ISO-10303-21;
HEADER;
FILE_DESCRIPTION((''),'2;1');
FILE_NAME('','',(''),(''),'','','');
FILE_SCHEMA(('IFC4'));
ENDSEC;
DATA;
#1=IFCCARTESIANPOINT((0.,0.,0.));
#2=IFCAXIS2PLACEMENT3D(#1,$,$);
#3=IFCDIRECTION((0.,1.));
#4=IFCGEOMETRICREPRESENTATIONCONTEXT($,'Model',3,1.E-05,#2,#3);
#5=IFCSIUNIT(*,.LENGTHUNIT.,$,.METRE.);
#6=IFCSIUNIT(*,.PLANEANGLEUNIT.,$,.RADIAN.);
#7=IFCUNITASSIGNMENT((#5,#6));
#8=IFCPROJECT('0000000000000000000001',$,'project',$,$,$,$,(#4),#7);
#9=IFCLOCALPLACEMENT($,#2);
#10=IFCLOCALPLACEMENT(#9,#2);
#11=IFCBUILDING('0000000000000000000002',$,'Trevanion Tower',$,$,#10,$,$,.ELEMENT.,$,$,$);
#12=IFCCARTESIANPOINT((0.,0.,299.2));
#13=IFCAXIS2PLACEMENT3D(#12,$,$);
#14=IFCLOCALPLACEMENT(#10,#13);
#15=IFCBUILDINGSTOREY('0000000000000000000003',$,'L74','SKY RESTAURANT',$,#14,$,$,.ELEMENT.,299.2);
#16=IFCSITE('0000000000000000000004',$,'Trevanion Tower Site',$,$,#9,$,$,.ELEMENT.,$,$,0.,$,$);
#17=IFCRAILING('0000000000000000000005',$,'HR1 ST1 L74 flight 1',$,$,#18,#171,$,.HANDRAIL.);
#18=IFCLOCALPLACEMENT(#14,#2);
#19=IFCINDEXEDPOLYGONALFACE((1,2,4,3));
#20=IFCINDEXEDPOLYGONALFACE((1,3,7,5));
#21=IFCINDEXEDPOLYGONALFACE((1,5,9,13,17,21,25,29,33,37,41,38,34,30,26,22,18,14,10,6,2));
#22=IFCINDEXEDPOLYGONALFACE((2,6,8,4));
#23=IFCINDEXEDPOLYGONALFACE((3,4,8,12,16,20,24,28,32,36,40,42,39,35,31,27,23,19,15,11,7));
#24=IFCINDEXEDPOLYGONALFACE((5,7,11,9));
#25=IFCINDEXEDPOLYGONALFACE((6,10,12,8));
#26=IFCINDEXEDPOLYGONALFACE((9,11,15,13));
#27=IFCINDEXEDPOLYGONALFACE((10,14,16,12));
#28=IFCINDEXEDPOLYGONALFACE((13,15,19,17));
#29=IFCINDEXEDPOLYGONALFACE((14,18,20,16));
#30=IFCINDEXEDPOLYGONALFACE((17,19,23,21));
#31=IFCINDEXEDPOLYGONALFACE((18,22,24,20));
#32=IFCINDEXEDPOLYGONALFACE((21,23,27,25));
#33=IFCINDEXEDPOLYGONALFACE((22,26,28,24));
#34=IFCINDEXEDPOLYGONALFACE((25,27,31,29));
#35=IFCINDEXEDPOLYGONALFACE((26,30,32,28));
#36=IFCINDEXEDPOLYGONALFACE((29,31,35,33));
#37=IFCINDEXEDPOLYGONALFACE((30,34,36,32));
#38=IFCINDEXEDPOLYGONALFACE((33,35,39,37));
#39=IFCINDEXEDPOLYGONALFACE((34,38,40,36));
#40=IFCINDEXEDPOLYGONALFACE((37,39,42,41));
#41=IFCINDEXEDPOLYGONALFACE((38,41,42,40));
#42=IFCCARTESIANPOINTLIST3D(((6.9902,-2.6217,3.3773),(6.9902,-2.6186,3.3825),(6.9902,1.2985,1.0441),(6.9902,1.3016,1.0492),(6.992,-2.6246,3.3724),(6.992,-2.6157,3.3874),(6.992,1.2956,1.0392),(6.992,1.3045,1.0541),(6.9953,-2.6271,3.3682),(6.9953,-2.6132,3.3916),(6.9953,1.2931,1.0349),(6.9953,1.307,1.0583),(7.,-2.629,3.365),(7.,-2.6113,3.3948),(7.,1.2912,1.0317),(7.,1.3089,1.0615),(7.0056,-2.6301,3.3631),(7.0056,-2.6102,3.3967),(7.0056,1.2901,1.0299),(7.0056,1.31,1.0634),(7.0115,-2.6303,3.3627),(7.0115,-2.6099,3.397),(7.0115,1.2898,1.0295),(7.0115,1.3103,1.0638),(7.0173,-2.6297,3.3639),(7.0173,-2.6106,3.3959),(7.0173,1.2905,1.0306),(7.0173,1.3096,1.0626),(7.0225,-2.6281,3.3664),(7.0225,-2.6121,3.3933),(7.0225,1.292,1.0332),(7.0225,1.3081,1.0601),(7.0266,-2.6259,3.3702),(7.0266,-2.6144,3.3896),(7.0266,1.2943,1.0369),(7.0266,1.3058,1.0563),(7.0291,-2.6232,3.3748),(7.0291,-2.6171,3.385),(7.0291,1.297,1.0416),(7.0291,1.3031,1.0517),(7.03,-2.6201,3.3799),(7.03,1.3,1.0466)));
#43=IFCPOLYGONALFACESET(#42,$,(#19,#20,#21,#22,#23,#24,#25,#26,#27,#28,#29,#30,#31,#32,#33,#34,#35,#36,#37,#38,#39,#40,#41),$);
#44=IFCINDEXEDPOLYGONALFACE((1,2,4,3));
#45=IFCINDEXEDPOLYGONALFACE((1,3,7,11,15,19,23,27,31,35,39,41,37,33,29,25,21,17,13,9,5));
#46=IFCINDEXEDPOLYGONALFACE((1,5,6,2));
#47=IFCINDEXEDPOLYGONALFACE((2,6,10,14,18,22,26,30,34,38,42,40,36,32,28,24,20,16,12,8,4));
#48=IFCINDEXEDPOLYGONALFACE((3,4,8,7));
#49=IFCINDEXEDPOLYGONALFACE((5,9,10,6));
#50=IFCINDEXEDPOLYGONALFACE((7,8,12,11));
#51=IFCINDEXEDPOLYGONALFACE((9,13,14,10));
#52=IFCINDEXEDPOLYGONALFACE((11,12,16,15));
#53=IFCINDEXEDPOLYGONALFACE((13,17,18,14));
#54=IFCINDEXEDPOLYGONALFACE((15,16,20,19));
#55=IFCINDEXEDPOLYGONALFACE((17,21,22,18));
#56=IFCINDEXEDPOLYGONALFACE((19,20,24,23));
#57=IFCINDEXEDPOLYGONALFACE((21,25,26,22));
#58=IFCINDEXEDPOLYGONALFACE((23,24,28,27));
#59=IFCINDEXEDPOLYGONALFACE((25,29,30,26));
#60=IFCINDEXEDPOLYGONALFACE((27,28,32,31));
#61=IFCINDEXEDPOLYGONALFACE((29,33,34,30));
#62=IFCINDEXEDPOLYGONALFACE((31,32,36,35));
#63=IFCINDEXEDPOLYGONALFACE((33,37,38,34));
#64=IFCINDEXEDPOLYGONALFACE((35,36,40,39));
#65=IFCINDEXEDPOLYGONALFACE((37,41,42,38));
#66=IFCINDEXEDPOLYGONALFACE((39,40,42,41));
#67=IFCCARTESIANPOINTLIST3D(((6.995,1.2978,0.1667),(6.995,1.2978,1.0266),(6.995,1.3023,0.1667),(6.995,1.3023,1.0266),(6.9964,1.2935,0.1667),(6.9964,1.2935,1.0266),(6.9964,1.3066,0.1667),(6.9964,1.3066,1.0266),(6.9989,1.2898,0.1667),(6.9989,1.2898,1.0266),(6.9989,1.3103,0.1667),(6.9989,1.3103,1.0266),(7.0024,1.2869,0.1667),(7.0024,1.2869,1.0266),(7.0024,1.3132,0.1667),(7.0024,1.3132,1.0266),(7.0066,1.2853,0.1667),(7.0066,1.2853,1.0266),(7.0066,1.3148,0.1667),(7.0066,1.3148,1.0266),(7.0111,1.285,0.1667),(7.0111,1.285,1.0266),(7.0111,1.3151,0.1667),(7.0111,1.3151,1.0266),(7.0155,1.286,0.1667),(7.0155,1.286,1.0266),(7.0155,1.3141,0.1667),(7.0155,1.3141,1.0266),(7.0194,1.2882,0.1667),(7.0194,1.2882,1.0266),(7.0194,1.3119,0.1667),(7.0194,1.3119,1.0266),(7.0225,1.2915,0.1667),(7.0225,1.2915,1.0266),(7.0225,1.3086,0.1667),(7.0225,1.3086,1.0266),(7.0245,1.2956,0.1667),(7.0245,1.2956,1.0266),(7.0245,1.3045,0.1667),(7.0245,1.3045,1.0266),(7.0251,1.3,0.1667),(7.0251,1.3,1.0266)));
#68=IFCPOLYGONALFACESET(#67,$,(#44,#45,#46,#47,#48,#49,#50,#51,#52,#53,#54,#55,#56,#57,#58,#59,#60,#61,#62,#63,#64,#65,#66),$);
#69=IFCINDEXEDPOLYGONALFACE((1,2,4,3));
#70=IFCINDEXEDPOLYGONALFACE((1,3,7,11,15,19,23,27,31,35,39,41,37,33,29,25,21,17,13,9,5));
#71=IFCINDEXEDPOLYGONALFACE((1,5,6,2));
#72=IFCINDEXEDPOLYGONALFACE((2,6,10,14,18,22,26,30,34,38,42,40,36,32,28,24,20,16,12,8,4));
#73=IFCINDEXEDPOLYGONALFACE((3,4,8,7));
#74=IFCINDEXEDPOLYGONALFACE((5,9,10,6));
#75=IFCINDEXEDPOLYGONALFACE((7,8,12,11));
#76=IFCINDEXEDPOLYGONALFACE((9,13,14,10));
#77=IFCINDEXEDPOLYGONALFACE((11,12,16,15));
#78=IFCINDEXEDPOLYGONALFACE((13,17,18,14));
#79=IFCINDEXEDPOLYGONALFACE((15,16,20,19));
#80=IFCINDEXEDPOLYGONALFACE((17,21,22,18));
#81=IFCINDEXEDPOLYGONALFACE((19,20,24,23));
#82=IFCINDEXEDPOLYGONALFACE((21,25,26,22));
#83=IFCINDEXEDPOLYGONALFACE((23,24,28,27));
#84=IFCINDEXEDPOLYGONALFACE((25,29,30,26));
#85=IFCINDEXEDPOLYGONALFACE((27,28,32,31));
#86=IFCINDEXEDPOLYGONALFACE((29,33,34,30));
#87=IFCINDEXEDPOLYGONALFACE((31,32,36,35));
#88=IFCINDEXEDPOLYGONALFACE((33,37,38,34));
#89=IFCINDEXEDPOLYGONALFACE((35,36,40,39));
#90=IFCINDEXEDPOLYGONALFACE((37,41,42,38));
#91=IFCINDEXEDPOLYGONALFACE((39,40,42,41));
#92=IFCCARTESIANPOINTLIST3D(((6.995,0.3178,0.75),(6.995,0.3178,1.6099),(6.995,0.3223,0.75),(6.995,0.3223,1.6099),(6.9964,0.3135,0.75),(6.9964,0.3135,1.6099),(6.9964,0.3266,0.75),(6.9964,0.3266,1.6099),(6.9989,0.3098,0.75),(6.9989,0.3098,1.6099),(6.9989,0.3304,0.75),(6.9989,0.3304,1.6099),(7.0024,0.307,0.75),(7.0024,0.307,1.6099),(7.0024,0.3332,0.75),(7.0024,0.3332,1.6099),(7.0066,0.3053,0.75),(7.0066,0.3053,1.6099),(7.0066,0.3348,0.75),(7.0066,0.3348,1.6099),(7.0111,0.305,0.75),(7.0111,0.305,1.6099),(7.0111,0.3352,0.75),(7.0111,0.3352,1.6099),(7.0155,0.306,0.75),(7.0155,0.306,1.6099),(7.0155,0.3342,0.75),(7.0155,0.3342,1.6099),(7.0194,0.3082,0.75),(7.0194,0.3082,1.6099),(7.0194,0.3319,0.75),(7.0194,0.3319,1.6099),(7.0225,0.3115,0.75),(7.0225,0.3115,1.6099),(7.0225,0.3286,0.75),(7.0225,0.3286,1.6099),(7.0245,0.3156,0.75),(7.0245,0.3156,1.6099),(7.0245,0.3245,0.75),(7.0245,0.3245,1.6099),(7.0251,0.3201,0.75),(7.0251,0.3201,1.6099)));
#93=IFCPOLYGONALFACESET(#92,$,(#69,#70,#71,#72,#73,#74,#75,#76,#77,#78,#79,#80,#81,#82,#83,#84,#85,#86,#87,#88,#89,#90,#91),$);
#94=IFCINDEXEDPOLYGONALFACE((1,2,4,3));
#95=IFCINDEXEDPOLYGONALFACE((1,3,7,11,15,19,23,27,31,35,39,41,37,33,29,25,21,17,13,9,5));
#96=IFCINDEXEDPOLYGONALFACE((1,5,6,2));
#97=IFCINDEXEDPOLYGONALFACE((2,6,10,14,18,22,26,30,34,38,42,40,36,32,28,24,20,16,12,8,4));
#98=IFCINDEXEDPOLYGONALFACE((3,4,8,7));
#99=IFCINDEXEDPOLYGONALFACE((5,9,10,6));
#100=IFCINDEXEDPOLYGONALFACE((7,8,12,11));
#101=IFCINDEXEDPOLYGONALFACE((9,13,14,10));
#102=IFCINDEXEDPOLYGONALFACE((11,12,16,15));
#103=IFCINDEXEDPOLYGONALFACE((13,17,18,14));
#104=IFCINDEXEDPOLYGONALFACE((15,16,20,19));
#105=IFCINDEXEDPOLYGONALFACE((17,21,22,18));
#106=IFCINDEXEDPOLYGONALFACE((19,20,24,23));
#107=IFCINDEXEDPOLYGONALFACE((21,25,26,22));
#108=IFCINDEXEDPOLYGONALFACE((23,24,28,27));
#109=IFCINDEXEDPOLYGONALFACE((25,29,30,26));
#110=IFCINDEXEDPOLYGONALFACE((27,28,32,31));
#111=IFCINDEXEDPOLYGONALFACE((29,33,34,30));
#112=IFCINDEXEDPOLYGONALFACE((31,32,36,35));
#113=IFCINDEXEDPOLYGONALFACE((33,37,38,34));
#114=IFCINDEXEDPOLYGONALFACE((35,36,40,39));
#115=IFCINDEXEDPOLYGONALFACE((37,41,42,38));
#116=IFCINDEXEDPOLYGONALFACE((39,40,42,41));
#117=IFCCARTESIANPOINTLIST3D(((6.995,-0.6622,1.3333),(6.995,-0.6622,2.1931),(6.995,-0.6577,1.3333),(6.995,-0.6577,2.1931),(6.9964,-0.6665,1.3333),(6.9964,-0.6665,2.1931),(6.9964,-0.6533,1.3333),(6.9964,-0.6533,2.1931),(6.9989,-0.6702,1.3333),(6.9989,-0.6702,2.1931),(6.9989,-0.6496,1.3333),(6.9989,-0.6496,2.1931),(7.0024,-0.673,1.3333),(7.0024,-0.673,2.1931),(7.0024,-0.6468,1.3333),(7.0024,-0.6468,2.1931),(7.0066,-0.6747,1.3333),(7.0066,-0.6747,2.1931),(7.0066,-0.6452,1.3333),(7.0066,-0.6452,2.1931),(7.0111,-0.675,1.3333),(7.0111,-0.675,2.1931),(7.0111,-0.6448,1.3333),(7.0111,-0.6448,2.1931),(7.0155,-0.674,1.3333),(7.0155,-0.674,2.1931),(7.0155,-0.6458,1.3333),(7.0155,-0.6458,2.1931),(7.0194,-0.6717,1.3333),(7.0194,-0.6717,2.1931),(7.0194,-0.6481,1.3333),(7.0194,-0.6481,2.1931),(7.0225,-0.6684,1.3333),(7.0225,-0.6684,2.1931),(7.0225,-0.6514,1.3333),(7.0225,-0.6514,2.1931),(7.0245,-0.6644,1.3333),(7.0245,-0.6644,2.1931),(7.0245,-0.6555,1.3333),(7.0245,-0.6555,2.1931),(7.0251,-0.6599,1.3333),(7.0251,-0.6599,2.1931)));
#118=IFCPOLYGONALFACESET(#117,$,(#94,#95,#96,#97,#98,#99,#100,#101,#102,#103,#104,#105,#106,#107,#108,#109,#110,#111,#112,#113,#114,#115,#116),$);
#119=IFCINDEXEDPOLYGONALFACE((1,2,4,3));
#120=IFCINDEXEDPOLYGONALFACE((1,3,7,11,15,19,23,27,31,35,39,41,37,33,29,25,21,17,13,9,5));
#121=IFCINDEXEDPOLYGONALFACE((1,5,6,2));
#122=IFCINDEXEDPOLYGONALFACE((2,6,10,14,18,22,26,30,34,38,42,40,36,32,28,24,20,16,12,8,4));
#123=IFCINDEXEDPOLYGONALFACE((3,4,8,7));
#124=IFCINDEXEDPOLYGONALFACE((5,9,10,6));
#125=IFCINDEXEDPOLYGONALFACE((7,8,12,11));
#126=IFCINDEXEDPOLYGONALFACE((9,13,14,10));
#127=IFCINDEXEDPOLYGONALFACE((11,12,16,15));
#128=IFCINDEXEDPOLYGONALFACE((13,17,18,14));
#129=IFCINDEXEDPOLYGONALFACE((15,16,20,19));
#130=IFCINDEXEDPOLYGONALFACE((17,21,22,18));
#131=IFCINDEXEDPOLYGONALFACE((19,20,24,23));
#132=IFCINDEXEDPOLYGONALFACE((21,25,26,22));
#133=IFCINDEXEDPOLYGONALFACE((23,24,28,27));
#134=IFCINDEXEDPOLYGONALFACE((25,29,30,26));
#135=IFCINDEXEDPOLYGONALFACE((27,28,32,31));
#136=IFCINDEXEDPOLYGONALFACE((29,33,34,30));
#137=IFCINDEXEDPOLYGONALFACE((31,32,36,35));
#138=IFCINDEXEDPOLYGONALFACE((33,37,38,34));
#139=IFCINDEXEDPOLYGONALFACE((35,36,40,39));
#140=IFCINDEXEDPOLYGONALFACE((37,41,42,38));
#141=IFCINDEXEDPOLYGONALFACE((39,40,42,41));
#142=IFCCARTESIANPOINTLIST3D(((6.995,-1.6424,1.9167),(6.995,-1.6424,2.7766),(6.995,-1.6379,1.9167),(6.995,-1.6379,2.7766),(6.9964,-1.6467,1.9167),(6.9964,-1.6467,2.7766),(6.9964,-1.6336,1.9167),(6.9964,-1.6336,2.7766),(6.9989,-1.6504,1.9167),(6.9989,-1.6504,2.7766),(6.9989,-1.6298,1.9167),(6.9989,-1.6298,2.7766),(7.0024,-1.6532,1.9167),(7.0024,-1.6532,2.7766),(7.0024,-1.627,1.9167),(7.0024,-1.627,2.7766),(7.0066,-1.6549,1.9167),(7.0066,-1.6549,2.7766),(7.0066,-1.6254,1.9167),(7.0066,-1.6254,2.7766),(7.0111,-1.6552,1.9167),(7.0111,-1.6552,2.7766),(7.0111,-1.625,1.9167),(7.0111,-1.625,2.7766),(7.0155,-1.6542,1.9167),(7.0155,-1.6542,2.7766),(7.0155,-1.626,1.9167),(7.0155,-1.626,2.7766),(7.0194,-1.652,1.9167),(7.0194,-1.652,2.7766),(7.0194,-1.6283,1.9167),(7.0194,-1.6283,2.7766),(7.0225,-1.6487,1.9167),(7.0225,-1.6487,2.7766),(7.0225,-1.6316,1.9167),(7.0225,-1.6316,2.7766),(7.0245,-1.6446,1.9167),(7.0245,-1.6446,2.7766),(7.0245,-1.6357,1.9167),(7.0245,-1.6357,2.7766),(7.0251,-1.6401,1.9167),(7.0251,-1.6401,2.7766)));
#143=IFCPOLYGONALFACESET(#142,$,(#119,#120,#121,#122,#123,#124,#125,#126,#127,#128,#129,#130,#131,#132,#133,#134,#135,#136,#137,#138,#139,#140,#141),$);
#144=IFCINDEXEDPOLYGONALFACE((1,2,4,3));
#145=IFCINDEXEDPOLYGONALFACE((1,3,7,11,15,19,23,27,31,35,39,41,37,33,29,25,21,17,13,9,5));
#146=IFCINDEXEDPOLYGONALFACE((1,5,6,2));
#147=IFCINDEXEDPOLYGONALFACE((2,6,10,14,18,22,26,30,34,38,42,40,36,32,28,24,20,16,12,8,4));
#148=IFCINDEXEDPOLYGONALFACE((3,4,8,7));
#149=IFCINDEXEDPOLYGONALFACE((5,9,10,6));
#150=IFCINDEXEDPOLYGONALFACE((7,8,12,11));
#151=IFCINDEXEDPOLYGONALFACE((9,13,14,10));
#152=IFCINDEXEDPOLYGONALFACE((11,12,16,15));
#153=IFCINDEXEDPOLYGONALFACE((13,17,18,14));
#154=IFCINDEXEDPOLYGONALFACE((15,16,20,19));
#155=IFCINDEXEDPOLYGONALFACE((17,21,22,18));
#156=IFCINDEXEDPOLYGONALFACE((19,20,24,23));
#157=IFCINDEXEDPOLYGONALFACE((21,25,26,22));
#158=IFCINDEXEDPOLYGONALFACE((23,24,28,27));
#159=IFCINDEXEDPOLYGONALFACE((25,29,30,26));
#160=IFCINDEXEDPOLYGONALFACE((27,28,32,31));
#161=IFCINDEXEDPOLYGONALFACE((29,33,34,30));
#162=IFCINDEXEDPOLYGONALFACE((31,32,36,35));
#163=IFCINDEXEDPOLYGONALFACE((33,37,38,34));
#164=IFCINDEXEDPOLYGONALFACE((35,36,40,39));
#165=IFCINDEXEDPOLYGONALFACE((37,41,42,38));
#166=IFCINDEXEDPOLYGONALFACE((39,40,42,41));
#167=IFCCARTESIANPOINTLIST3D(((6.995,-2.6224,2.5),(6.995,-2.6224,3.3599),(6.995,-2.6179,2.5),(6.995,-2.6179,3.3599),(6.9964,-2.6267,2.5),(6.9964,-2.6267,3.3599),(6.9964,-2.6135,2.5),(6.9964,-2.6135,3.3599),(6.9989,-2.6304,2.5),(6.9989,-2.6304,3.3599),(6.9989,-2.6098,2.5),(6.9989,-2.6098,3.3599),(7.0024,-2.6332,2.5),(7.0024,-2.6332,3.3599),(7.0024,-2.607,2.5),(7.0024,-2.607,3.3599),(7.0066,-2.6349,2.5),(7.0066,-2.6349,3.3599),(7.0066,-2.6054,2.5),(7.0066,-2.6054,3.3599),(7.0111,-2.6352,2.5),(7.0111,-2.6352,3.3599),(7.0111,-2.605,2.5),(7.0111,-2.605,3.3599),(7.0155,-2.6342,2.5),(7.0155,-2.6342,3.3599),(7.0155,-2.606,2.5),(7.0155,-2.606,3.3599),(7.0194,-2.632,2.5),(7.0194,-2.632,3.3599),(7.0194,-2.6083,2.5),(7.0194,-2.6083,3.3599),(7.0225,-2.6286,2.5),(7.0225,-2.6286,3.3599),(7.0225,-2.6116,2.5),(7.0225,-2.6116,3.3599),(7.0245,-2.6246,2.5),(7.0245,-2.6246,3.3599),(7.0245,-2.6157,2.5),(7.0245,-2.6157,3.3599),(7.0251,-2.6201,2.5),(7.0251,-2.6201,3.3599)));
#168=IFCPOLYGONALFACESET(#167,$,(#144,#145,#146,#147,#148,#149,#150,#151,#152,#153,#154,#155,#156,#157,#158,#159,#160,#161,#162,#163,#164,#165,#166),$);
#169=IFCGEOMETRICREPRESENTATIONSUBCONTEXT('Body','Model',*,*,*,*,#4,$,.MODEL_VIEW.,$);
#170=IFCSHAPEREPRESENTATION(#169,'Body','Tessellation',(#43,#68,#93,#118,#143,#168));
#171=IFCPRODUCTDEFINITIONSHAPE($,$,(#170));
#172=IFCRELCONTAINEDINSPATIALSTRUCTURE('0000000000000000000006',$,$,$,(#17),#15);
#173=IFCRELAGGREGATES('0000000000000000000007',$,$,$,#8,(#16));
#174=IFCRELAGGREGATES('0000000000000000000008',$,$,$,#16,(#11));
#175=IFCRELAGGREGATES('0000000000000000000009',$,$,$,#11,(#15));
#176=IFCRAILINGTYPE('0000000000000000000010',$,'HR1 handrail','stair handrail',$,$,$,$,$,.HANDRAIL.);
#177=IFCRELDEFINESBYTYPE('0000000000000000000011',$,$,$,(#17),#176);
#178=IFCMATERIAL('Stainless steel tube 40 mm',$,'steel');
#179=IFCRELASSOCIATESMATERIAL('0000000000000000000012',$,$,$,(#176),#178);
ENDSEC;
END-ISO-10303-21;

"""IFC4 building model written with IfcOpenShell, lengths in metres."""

from ifc_helpers import new_model, si_unit, direction, frame, origin, origin_2d, place, context, subcontext, project, spatial, circle, extrude, material, type_object, element, save


model = new_model("IFC4")

# Units and contexts
model_context = context("Model", 3, precision=1e-05, world=origin(), true_north=direction((0.0, 1.0)))
body_context = subcontext(model_context, "Body", "Model", "MODEL_VIEW")
ifc_project = project(units=[si_unit("LENGTHUNIT", "METRE"), si_unit("PLANEANGLEUNIT", "RADIAN")], contexts=[model_context])

# Site, building, storey
site_placement = place(None, origin())
site = spatial("IfcSite", under=ifc_project, at=site_placement, Name="Trevanion Tower Site", CompositionType="ELEMENT", RefElevation=0.0)
building_placement = place(site_placement, origin())
building = spatial("IfcBuilding", under=site, at=building_placement, Name="Trevanion Tower", CompositionType="ELEMENT")
storey_placement = place(building_placement, frame((0.0, 0.0, 299.2)))
storey = spatial("IfcBuildingStorey", under=building, at=storey_placement, Name="L74", Description="SKY RESTAURANT", CompositionType="ELEMENT", Elevation=299.2)

# Railing
ifc_material_1 = material(Name="Stainless steel tube 40 mm", Category="steel")
railing_type = type_object("IfcRailingType", Name="HR1 handrail", Description="stair handrail", PredefinedType="HANDRAIL", material=ifc_material_1)
for number, where, name in (
    (1, (7.01, 1.3, 0.1667), "HR1 ST1 L74 flight 1"),
):
    element("IfcRailing", number, at=place(storey_placement, frame(where)), inside=storey, type_object=railing_type, Name=name, PredefinedType="HANDRAIL", context=body_context, shape_type="SweptSolid", body=[
        extrude(circle(Radius=0.02, at=origin_2d()), frame((0.0, 0.0, 0.8799), z_axis=(0.0, -0.85931, 0.511455), x_axis=(1.0, 0.0, 0.0)), (0.0, 0.0, 1.0), 4.562),
        extrude(circle(Radius=0.0151, at=origin_2d()), origin(), (0.0, 0.0, 1.0), 0.8599),
        extrude(circle(Radius=0.0151, at=origin_2d()), frame((0.0, -0.98, 0.5833)), (0.0, 0.0, 1.0), 0.8599),
        extrude(circle(Radius=0.0151, at=origin_2d()), frame((0.0, -1.96, 1.1665)), (0.0, 0.0, 1.0), 0.8599),
        extrude(circle(Radius=0.0151, at=origin_2d()), frame((0.0, -2.9402, 1.75)), (0.0, 0.0, 1.0), 0.8599),
        extrude(circle(Radius=0.0151, at=origin_2d()), frame((0.0, -3.9202, 2.3333)), (0.0, 0.0, 1.0), 0.8599),
    ])

save(model, "model.ifc")
